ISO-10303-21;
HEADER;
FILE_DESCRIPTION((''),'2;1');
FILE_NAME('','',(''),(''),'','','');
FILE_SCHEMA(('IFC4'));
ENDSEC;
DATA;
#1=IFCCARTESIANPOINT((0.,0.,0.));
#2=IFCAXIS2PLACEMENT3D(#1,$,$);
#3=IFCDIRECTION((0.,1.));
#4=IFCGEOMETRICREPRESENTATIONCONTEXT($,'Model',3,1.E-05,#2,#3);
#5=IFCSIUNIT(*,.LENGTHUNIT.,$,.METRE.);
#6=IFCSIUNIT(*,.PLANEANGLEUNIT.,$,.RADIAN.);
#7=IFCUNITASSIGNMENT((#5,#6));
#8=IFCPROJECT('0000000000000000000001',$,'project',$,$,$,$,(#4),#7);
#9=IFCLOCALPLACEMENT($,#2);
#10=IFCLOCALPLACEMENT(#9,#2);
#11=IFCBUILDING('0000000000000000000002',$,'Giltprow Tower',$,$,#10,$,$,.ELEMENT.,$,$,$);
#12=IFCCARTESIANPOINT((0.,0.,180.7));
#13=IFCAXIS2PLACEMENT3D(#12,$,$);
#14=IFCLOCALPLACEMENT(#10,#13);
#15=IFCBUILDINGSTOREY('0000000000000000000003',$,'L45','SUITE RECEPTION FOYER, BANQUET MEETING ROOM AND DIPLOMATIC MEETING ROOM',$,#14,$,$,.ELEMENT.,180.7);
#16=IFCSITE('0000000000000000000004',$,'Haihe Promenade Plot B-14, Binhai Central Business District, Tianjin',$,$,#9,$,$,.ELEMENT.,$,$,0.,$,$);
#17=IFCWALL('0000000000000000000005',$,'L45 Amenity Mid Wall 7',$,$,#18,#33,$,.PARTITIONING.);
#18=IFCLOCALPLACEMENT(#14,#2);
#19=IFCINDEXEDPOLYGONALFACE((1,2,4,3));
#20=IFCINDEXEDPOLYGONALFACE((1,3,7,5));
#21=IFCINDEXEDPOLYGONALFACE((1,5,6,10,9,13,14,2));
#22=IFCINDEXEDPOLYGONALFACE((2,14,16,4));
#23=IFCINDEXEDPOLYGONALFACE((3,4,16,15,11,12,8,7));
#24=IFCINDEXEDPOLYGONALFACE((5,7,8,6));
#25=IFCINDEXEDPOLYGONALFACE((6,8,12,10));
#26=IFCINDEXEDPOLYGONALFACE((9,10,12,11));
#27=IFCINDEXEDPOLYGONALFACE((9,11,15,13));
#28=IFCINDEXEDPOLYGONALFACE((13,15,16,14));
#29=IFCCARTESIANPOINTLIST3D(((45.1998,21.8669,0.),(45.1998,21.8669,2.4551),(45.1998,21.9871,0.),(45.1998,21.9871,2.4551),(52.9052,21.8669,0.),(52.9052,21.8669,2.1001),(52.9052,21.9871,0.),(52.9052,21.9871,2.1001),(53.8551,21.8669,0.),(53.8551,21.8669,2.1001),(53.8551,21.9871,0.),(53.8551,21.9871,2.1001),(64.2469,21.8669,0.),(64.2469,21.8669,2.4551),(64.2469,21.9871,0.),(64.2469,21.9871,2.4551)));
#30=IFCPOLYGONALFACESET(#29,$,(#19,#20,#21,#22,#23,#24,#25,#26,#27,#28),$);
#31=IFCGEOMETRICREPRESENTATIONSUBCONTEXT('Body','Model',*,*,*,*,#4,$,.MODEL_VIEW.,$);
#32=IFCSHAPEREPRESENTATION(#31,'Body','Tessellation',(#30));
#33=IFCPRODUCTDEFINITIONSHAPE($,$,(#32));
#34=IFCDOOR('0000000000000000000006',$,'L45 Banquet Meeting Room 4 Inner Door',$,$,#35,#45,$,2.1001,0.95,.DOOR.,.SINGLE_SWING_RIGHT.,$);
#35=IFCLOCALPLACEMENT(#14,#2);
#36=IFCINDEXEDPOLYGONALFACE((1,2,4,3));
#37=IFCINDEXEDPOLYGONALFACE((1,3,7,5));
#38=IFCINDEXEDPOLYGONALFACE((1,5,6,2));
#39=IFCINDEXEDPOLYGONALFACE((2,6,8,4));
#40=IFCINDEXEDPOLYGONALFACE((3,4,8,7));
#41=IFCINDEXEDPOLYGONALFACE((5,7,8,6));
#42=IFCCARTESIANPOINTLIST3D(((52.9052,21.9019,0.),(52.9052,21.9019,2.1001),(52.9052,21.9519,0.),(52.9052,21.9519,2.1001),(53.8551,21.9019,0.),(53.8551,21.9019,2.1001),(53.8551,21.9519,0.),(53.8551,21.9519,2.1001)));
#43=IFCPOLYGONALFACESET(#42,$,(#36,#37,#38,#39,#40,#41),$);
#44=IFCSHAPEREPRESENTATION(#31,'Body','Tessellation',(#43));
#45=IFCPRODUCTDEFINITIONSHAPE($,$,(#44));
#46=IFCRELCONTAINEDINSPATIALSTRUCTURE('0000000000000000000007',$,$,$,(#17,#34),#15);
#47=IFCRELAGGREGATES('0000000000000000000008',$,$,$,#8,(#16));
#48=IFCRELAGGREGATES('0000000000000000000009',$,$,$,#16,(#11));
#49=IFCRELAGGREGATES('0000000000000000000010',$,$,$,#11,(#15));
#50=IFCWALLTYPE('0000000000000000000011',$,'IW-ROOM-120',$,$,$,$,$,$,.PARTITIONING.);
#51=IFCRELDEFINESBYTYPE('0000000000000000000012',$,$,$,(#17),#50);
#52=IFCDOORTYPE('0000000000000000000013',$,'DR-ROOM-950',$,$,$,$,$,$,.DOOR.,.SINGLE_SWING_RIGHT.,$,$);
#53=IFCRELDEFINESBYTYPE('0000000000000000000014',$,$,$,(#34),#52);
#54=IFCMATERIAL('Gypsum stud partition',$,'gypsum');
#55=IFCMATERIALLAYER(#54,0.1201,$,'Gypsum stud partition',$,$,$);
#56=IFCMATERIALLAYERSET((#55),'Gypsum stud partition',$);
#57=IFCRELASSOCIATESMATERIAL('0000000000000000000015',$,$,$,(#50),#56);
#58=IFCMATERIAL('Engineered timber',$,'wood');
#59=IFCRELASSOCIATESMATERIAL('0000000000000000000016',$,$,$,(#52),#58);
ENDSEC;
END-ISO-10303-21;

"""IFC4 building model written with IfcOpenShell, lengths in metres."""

from ifc_helpers import new_model, si_unit, direction, frame, frame_2d, origin, place, context, subcontext, project, spatial, rectangle, extrude, source, transform, mapped, material, layer, layer_set, type_object, element, fill, save


model = new_model("IFC4")

# Units and contexts
model_context = context("Model", 3, precision=1e-05, world=origin(), true_north=direction((0.0, 1.0)))
body_context = subcontext(model_context, "Body", "Model", "MODEL_VIEW")
ifc_project = project(units=[si_unit("LENGTHUNIT", "METRE"), si_unit("PLANEANGLEUNIT", "RADIAN")], contexts=[model_context])

# Site, building, storey
site_placement = place(None, origin())
site = spatial("IfcSite", under=ifc_project, at=site_placement, Name="Haihe Promenade Plot B-14, Binhai Central Business District, Tianjin", CompositionType="ELEMENT", RefElevation=0.0)
building_placement = place(site_placement, origin())
building = spatial("IfcBuilding", under=site, at=building_placement, Name="Giltprow Tower", CompositionType="ELEMENT")
storey_placement = place(building_placement, frame((0.0, 0.0, 180.7)))
storey = spatial("IfcBuildingStorey", under=building, at=storey_placement, Name="L45", Description="SUITE RECEPTION FOYER, BANQUET MEETING ROOM AND DIPLOMATIC MEETING ROOM", CompositionType="ELEMENT", Elevation=180.7)

# Wall, opening, door
ifc_material_1 = material(Name="Gypsum stud partition", Category="gypsum")
ifc_layer = layer(ifc_material_1, 0.1201, Name="Gypsum stud partition")
ifc_layer_set = layer_set([ifc_layer], Name="Gypsum stud partition")
wall_type = type_object("IfcWallType", Name="IW-ROOM-120", PredefinedType="PARTITIONING", material=ifc_layer_set)
ifc_material_2 = material(Name="Engineered timber", Category="wood")
door_type = type_object("IfcDoorType", Name="DR-ROOM-950", OperationType="SINGLE_SWING_RIGHT", PredefinedType="DOOR", material=ifc_material_2)
shared_shape_1 = source(origin(), body_context, "Body", "SweptSolid", [
    extrude(rectangle(XDim=0.95, YDim=2.1001, at=frame_2d((0.4751, 1.05))), frame((0.0, 0.0249, 0.0), z_axis=(0.0, -1.0, 0.0), x_axis=(1.0, 0.0, 0.0)), (0.0, 0.0, 1.0), 0.05),
])
wall_1_placement = place(storey_placement, frame((45.2, 21.927, 0.0), z_axis=(0.0, 0.0, 1.0), x_axis=(1.0, 0.0, 0.0)))
wall_1 = element("IfcWall", 1, at=wall_1_placement, inside=storey, type_object=wall_type, Name="L45 Amenity Mid Wall 7", PredefinedType="PARTITIONING", context=body_context, shape_type="SweptSolid", body=[
    extrude(rectangle(XDim=19.0471, YDim=0.1201, at=frame_2d((9.5234, 0.0))), origin(), (0.0, 0.0, 1.0), 2.4551),
])
opening_1_placement = place(wall_1_placement, frame((7.7051, 0.0, 0.0)))
opening_1 = element("IfcOpeningElement", 2, at=opening_1_placement, cuts=wall_1, PredefinedType="OPENING", context=body_context, shape_type="SweptSolid", body=[
    extrude(rectangle(XDim=0.95, YDim=2.1001, at=frame_2d((0.4751, 1.05))), frame((0.0, 0.0701, 0.0), z_axis=(0.0, -1.0, 0.0), x_axis=(1.0, 0.0, 0.0)), (0.0, 0.0, 1.0), 0.1401),
])
door_1_placement = place(opening_1_placement, origin())
door_1 = element("IfcDoor", 3, at=door_1_placement, inside=storey, type_object=door_type, Name="L45 Banquet Meeting Room 4 Inner Door", OperationType="SINGLE_SWING_RIGHT", OverallHeight=2.1001, OverallWidth=0.95, PredefinedType="DOOR", context=body_context, shape_type="MappedRepresentation", body=[
    mapped(shared_shape_1, transform((0.0, 0.0, 0.0), x_axis=(1.0, 0.0, 0.0), y_axis=(0.0, 1.0, 0.0), z_axis=(0.0, 0.0, 1.0), scale=1.0)),
])
fill(opening_1, door_1)

save(model, "model.ifc")
